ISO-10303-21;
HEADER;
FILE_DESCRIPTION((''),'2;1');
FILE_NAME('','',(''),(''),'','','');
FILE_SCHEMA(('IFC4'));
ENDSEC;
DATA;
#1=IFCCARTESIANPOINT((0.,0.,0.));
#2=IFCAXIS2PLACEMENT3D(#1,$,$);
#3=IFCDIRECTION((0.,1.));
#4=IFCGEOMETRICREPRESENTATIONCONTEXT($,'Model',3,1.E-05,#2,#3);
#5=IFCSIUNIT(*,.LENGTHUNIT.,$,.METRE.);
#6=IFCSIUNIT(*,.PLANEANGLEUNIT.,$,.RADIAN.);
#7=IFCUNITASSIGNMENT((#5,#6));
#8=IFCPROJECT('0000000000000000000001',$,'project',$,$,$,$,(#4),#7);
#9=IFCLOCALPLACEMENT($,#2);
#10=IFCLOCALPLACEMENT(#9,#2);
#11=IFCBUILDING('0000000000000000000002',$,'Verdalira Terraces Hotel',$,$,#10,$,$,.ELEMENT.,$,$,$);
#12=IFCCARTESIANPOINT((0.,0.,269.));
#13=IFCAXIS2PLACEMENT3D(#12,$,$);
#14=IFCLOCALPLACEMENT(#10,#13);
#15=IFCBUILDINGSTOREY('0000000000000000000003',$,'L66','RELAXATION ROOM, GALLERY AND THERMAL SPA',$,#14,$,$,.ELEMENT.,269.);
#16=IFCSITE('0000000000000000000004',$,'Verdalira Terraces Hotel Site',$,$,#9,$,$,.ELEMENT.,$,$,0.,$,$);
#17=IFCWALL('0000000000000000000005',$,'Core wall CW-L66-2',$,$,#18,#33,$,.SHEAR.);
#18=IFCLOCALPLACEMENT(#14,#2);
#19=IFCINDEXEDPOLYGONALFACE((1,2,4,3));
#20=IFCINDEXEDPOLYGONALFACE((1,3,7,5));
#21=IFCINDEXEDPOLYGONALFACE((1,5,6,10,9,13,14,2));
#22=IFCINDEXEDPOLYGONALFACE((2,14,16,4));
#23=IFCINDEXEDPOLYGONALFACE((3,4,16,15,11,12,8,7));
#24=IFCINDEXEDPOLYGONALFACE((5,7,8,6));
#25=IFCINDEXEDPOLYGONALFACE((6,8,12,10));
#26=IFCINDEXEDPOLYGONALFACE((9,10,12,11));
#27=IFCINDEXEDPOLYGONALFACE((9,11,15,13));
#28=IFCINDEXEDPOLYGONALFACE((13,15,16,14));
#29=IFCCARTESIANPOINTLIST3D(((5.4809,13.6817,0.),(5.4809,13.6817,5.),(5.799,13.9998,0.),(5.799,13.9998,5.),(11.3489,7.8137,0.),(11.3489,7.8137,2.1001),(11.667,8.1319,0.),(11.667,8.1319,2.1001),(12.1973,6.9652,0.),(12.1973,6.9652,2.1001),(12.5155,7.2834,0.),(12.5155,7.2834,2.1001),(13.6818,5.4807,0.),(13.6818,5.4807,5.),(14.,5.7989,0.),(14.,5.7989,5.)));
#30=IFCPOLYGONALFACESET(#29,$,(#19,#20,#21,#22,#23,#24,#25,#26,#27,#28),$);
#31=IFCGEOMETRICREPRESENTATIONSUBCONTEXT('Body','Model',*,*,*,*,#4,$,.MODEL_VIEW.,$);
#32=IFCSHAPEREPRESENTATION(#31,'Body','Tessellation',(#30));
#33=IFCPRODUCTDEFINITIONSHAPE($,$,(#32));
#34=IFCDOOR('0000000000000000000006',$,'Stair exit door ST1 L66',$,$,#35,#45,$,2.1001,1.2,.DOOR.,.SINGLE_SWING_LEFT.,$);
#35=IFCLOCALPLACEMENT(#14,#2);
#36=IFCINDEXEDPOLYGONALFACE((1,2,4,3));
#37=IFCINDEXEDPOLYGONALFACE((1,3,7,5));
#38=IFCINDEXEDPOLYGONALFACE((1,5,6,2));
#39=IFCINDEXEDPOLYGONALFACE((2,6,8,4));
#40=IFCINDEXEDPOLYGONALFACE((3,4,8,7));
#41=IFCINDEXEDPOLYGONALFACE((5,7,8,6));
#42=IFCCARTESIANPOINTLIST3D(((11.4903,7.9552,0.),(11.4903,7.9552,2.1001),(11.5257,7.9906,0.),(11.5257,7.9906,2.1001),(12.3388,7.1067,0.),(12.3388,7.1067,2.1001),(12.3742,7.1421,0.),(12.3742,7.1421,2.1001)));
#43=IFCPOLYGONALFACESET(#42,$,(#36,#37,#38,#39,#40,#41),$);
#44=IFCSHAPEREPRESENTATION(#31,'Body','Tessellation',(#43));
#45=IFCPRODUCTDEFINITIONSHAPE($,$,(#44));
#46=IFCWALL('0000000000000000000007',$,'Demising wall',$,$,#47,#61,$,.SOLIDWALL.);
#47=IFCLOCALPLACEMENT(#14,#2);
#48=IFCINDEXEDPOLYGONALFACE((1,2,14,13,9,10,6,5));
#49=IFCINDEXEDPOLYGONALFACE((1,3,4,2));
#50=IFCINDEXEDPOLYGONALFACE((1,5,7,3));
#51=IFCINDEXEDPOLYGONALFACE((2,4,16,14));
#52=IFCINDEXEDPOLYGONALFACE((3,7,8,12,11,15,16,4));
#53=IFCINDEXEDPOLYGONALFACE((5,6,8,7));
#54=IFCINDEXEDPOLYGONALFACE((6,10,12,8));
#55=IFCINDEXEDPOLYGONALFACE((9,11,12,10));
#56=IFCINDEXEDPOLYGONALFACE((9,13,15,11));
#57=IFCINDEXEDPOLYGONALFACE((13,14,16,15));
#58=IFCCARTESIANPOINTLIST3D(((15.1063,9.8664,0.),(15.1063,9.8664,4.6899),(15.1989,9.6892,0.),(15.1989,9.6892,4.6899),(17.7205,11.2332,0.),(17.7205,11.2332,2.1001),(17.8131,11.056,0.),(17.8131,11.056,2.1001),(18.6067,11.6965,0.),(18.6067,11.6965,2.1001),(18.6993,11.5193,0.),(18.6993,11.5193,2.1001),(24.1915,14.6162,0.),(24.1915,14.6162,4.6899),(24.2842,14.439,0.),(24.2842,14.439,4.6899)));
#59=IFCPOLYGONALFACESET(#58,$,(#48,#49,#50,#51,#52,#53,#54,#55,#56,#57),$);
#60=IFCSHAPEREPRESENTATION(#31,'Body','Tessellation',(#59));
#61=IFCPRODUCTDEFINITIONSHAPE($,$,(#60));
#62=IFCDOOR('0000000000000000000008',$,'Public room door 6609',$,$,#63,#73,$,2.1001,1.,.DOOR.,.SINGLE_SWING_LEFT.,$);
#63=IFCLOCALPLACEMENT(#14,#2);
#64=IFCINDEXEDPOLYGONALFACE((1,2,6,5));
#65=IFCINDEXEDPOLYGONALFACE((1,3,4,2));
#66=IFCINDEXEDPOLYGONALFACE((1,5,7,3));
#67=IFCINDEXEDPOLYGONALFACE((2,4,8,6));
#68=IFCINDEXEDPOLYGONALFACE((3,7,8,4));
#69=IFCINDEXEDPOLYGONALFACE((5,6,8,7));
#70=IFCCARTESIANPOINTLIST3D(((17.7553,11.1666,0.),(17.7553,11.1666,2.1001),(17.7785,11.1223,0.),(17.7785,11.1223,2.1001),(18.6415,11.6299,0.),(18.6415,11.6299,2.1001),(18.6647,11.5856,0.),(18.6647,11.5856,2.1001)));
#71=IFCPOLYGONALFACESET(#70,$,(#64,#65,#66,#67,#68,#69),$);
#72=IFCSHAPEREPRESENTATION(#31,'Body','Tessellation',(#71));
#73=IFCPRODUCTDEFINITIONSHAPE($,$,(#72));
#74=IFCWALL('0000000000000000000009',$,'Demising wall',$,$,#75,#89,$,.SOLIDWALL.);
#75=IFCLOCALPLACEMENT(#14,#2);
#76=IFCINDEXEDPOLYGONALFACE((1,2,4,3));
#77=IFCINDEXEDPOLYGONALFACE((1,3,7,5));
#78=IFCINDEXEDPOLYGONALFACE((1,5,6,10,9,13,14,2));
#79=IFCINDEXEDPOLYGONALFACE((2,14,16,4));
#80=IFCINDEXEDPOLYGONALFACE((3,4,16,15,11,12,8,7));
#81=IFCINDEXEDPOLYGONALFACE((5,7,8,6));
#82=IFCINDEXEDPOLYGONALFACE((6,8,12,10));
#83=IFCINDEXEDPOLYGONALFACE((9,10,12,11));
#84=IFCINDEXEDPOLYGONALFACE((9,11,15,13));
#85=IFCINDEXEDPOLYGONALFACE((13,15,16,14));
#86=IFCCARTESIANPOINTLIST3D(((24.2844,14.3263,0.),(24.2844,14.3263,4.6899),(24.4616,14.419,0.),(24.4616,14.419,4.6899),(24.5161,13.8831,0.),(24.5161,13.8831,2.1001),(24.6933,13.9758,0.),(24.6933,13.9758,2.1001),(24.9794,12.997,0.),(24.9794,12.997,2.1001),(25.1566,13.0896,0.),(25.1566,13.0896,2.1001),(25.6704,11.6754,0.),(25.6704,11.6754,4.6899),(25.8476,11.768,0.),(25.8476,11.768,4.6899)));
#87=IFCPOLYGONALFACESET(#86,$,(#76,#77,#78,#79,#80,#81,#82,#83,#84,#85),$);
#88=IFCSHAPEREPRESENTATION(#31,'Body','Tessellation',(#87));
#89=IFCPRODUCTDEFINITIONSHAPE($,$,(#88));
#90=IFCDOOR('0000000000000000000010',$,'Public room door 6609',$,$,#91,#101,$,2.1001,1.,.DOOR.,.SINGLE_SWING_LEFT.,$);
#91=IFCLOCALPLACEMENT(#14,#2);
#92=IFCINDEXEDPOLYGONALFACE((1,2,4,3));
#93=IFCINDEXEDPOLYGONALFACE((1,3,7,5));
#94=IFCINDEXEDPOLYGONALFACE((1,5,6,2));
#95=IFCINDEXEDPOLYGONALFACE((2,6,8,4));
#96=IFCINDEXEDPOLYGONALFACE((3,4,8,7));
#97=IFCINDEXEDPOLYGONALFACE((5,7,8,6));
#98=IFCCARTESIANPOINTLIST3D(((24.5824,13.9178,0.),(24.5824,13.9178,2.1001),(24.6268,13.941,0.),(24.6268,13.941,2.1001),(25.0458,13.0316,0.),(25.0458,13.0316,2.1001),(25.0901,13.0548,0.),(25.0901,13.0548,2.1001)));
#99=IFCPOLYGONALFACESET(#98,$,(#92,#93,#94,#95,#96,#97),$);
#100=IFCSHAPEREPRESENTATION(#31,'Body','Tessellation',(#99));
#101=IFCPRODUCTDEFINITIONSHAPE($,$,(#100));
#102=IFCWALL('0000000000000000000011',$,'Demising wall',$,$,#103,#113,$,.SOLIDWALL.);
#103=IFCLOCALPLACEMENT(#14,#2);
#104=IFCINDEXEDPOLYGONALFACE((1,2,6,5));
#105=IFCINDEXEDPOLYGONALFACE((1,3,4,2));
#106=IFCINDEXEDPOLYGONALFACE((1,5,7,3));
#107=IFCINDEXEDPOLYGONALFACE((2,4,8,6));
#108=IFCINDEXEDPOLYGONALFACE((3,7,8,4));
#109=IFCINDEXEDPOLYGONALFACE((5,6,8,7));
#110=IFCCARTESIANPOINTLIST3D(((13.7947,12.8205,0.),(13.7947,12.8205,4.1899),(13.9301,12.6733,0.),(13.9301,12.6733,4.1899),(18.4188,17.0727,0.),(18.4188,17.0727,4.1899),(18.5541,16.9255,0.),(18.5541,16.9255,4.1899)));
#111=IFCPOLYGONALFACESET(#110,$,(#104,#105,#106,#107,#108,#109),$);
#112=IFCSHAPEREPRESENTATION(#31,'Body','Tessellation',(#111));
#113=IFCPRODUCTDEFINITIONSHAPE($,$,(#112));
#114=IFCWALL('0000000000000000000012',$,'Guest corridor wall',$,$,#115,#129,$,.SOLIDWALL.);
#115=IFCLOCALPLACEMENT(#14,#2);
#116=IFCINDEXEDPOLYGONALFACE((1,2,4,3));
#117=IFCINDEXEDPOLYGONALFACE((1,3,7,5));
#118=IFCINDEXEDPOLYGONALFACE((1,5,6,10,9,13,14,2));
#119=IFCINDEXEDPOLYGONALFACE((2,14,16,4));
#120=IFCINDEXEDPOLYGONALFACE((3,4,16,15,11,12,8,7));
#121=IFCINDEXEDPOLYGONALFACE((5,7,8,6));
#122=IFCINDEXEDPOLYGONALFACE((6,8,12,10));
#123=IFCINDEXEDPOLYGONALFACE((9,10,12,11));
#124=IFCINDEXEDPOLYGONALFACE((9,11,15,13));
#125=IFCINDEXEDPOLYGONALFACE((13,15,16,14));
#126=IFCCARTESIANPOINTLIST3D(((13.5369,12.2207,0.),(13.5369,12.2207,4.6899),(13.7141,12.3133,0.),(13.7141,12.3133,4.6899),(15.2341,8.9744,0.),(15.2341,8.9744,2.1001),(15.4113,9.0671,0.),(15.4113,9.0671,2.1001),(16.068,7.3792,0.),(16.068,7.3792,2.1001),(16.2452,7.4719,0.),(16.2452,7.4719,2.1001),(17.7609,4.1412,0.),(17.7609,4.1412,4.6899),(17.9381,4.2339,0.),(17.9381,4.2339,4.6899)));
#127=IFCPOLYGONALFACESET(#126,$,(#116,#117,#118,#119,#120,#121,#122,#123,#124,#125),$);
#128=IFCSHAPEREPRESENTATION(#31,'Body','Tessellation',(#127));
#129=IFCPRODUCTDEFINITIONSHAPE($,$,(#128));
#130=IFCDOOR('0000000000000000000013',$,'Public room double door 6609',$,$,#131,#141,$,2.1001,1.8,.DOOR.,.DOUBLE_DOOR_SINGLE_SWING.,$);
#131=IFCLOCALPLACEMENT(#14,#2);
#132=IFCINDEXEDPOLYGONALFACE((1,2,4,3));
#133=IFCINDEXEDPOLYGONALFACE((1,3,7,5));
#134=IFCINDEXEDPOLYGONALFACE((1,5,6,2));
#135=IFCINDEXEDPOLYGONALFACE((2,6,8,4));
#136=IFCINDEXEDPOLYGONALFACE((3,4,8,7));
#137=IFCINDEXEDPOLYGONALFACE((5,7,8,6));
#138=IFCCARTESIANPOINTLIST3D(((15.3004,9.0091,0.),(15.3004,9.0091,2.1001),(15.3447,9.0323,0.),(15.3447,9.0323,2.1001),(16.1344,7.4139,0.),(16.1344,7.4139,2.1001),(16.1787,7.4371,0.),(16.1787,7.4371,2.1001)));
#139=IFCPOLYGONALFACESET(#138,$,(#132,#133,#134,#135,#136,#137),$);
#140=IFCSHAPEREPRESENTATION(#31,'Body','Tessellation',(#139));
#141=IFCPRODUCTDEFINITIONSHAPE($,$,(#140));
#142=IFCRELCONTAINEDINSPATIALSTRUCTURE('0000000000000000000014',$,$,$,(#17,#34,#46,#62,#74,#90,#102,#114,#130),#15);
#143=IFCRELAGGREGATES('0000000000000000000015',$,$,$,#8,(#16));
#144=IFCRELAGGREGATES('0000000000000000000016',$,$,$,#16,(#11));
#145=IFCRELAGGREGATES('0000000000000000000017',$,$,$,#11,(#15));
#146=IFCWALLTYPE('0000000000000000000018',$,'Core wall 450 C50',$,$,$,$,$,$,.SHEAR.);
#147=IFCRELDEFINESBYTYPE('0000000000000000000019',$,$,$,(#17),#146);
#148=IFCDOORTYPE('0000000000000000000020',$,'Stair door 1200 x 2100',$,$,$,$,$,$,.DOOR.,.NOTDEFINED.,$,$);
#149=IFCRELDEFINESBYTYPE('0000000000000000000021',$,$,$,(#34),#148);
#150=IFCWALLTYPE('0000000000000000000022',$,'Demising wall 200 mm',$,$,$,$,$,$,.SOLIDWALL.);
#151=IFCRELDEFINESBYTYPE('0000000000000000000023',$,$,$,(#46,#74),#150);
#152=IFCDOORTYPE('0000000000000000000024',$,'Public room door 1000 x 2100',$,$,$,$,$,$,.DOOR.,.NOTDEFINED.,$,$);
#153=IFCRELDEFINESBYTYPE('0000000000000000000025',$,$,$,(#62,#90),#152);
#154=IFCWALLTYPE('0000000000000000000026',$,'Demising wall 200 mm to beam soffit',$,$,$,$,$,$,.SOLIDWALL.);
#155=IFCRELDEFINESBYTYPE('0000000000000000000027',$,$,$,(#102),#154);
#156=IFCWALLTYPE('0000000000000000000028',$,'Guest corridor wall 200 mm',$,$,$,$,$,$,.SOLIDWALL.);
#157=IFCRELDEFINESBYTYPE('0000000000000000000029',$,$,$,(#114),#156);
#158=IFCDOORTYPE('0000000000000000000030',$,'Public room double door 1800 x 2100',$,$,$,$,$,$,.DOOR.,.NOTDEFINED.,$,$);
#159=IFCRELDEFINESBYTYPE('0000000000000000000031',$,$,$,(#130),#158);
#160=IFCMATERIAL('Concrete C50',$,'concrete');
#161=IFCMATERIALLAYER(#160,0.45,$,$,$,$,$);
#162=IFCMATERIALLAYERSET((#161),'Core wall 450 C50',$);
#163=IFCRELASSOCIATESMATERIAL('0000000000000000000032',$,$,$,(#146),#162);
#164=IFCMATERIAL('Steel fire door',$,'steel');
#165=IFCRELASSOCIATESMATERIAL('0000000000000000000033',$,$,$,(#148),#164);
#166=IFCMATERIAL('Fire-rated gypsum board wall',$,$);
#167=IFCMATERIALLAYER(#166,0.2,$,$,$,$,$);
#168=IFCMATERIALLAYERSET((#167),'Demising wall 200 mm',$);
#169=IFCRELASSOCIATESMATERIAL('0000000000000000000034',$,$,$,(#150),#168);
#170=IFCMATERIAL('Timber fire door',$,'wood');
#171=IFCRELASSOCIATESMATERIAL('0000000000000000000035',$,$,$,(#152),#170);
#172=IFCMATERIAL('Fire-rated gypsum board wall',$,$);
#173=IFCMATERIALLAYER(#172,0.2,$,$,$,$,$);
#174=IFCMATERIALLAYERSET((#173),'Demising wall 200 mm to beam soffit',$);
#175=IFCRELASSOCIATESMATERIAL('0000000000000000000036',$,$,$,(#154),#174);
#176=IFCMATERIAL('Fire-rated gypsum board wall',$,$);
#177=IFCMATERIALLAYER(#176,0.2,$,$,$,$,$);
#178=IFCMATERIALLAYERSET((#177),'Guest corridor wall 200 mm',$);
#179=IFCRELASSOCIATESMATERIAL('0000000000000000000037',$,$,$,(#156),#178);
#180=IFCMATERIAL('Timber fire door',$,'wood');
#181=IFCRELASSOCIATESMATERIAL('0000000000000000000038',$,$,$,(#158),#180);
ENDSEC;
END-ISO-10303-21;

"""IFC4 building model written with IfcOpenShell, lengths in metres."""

from ifc_helpers import new_model, si_unit, direction, frame, frame_2d, origin, place, context, subcontext, project, spatial, rectangle, extrude, material, layer, layer_set, type_object, element, fill, save


model = new_model("IFC4")

# Units and contexts
model_context = context("Model", 3, precision=1e-05, world=origin(), true_north=direction((0.0, 1.0)))
body_context = subcontext(model_context, "Body", "Model", "MODEL_VIEW")
ifc_project = project(units=[si_unit("LENGTHUNIT", "METRE"), si_unit("PLANEANGLEUNIT", "RADIAN")], contexts=[model_context])

# Site, building, storey
site_placement = place(None, origin())
site = spatial("IfcSite", under=ifc_project, at=site_placement, Name="Verdalira Terraces Hotel Site", CompositionType="ELEMENT", RefElevation=0.0)
building_placement = place(site_placement, origin())
building = spatial("IfcBuilding", under=site, at=building_placement, Name="Verdalira Terraces Hotel", CompositionType="ELEMENT")
storey_placement = place(building_placement, frame((0.0, 0.0, 269.0)))
storey = spatial("IfcBuildingStorey", under=building, at=storey_placement, Name="L66", Description="RELAXATION ROOM, GALLERY AND THERMAL SPA", CompositionType="ELEMENT", Elevation=269.0)

# Walls, openings, doors
ifc_material_1 = material(Name="Concrete C50", Category="concrete")
ifc_layer_1 = layer(ifc_material_1, 0.45)
ifc_layer_set_1 = layer_set([ifc_layer_1], Name="Core wall 450 C50")
wall_type_1 = type_object("IfcWallType", Name="Core wall 450 C50", PredefinedType="SHEAR", material=ifc_layer_set_1)
wall_1_placement = place(storey_placement, frame((13.8408, 5.6399, 0.0), z_axis=(0.0, 0.0, 1.0), x_axis=(-0.707107, 0.707107, 0.0)))
wall_1 = element("IfcWall", 1, at=wall_1_placement, inside=storey, type_object=wall_type_1, Name="Core wall CW-L66-2", PredefinedType="SHEAR", context=body_context, shape_type="SweptSolid", body=[
    extrude(rectangle(XDim=11.5979, YDim=0.45, at=frame_2d((5.7988, 0.0))), origin(), (0.0, 0.0, 1.0), 5.0),
])
opening_1_placement = place(wall_1_placement, frame((2.0991, 0.0, 0.0)))
opening_1 = element("IfcOpeningElement", 2, at=opening_1_placement, cuts=wall_1, PredefinedType="OPENING", context=body_context, shape_type="SweptSolid", body=[
    extrude(rectangle(XDim=1.2, YDim=2.1001, at=frame_2d((0.6001, 1.05))), frame((0.0, 0.2349, 0.0), z_axis=(0.0, -1.0, 0.0), x_axis=(1.0, 0.0, 0.0)), (0.0, 0.0, 1.0), 0.47),
])
ifc_material_2 = material(Name="Steel fire door", Category="steel")
door_type_1 = type_object("IfcDoorType", Name="Stair door 1200 x 2100", OperationType="NOTDEFINED", PredefinedType="DOOR", material=ifc_material_2)
door_1_placement = place(opening_1_placement, origin())
door_1 = element("IfcDoor", 3, at=door_1_placement, inside=storey, type_object=door_type_1, Name="Stair exit door ST1 L66", OperationType="SINGLE_SWING_LEFT", OverallHeight=2.1001, OverallWidth=1.2, PredefinedType="DOOR", context=body_context, shape_type="SweptSolid", body=[
    extrude(rectangle(XDim=1.2, YDim=2.1001, at=frame_2d((0.6001, 1.05))), frame((0.0, 0.0249, 0.0), z_axis=(0.0, -1.0, 0.0), x_axis=(1.0, 0.0, 0.0)), (0.0, 0.0, 1.0), 0.05),
])
fill(opening_1, door_1)
ifc_material_3 = material(Name="Fire-rated gypsum board wall")
ifc_layer_2 = layer(ifc_material_3, 0.2)
ifc_layer_set_2 = layer_set([ifc_layer_2], Name="Demising wall 200 mm")
wall_type_2 = type_object("IfcWallType", Name="Demising wall 200 mm", PredefinedType="SOLIDWALL", material=ifc_layer_set_2)
wall_2_placement = place(storey_placement, frame((15.1526, 9.7778, 0.0), z_axis=(0.0, 0.0, 1.0), x_axis=(0.886199, 0.463306, 0.0)))
wall_2 = element("IfcWall", 4, at=wall_2_placement, inside=storey, type_object=wall_type_2, Name="Demising wall", PredefinedType="SOLIDWALL", context=body_context, shape_type="SweptSolid", body=[
    extrude(rectangle(XDim=10.252, YDim=0.2, at=frame_2d((5.126, 0.0))), origin(), (0.0, 0.0, 1.0), 4.6899),
])
opening_2_placement = place(wall_2_placement, frame((2.95, 0.0, 0.0)))
opening_2 = element("IfcOpeningElement", 5, at=opening_2_placement, cuts=wall_2, PredefinedType="OPENING", context=body_context, shape_type="SweptSolid", body=[
    extrude(rectangle(XDim=1.0, YDim=2.1001, at=frame_2d((0.5, 1.05))), frame((0.0, 0.1099, 0.0), z_axis=(0.0, -1.0, 0.0), x_axis=(1.0, 0.0, 0.0)), (0.0, 0.0, 1.0), 0.22),
])
ifc_material_4 = material(Name="Timber fire door", Category="wood")
door_type_2 = type_object("IfcDoorType", Name="Public room door 1000 x 2100", OperationType="NOTDEFINED", PredefinedType="DOOR", material=ifc_material_4)
door_2_placement = place(opening_2_placement, origin())
door_2 = element("IfcDoor", 6, at=door_2_placement, inside=storey, type_object=door_type_2, Name="Public room door 6609", OperationType="SINGLE_SWING_LEFT", OverallHeight=2.1001, OverallWidth=1.0, PredefinedType="DOOR", context=body_context, shape_type="SweptSolid", body=[
    extrude(rectangle(XDim=1.0, YDim=2.1001, at=frame_2d((0.5, 1.05))), frame((0.0, 0.0249, 0.0), z_axis=(0.0, -1.0, 0.0), x_axis=(1.0, 0.0, 0.0)), (0.0, 0.0, 1.0), 0.05),
])
fill(opening_2, door_2)
wall_3_placement = place(storey_placement, frame((24.373, 14.3726, 0.0), z_axis=(0.0, 0.0, 1.0), x_axis=(0.463333, -0.886184, 0.0)))
wall_3 = element("IfcWall", 7, at=wall_3_placement, inside=storey, type_object=wall_type_2, Name="Demising wall", PredefinedType="SOLIDWALL", context=body_context, shape_type="SweptSolid", body=[
    extrude(rectangle(XDim=2.9915, YDim=0.2, at=frame_2d((1.4956, 0.0))), origin(), (0.0, 0.0, 1.0), 4.6899),
])
opening_3_placement = place(wall_3_placement, frame((0.5, 0.0, 0.0)))
opening_3 = element("IfcOpeningElement", 8, at=opening_3_placement, cuts=wall_3, PredefinedType="OPENING", context=body_context, shape_type="SweptSolid", body=[
    extrude(rectangle(XDim=1.0, YDim=2.1001, at=frame_2d((0.5, 1.05))), frame((0.0, 0.1099, 0.0), z_axis=(0.0, -1.0, 0.0), x_axis=(1.0, 0.0, 0.0)), (0.0, 0.0, 1.0), 0.22),
])
door_3_placement = place(opening_3_placement, origin())
door_3 = element("IfcDoor", 9, at=door_3_placement, inside=storey, type_object=door_type_2, Name="Public room door 6609", OperationType="SINGLE_SWING_LEFT", OverallHeight=2.1001, OverallWidth=1.0, PredefinedType="DOOR", context=body_context, shape_type="SweptSolid", body=[
    extrude(rectangle(XDim=1.0, YDim=2.1001, at=frame_2d((0.5, 1.05))), frame((0.0, 0.0249, 0.0), z_axis=(0.0, -1.0, 0.0), x_axis=(1.0, 0.0, 0.0)), (0.0, 0.0, 1.0), 0.05),
])
fill(opening_3, door_3)

# Wall
ifc_material_5 = material(Name="Fire-rated gypsum board wall")
ifc_layer_3 = layer(ifc_material_5, 0.2)
ifc_layer_set_3 = layer_set([ifc_layer_3], Name="Demising wall 200 mm to beam soffit")
wall_type_3 = type_object("IfcWallType", Name="Demising wall 200 mm to beam soffit", PredefinedType="SOLIDWALL", material=ifc_layer_set_3)
wall_4_placement = place(storey_placement, frame((13.8623, 12.7468, 0.0), z_axis=(0.0, 0.0, 1.0), x_axis=(0.736082, 0.676892, 0.0)))
element("IfcWall", 10, at=wall_4_placement, inside=storey, type_object=wall_type_3, Name="Demising wall", PredefinedType="SOLIDWALL", context=body_context, shape_type="SweptSolid", body=[
    extrude(rectangle(XDim=6.282, YDim=0.2, at=frame_2d((3.1411, 0.0))), origin(), (0.0, 0.0, 1.0), 4.1899),
])

# Wall, opening, door
ifc_material_6 = material(Name="Fire-rated gypsum board wall")
ifc_layer_4 = layer(ifc_material_6, 0.2)
ifc_layer_set_4 = layer_set([ifc_layer_4], Name="Guest corridor wall 200 mm")
wall_type_4 = type_object("IfcWallType", Name="Guest corridor wall 200 mm", PredefinedType="SOLIDWALL", material=ifc_layer_set_4)
wall_5_placement = place(storey_placement, frame((13.6255, 12.2671, 0.0), z_axis=(0.0, 0.0, 1.0), x_axis=(0.463304, -0.886199, 0.0)))
wall_5 = element("IfcWall", 11, at=wall_5_placement, inside=storey, type_object=wall_type_4, Name="Guest corridor wall", PredefinedType="SOLIDWALL", context=body_context, shape_type="SweptSolid", body=[
    extrude(rectangle(XDim=9.1169, YDim=0.2, at=frame_2d((4.5586, 0.0))), origin(), (0.0, 0.0, 1.0), 4.6899),
])
opening_4_placement = place(wall_5_placement, frame((3.6633, 0.0, 0.0)))
opening_4 = element("IfcOpeningElement", 12, at=opening_4_placement, cuts=wall_5, PredefinedType="OPENING", context=body_context, shape_type="SweptSolid", body=[
    extrude(rectangle(XDim=1.8, YDim=2.1001, at=frame_2d((0.8999, 1.05))), frame((0.0, 0.1099, 0.0), z_axis=(0.0, -1.0, 0.0), x_axis=(1.0, 0.0, 0.0)), (0.0, 0.0, 1.0), 0.22),
])
ifc_material_7 = material(Name="Timber fire door", Category="wood")
door_type_3 = type_object("IfcDoorType", Name="Public room double door 1800 x 2100", OperationType="NOTDEFINED", PredefinedType="DOOR", material=ifc_material_7)
door_4_placement = place(opening_4_placement, origin())
door_4 = element("IfcDoor", 13, at=door_4_placement, inside=storey, type_object=door_type_3, Name="Public room double door 6609", OperationType="DOUBLE_DOOR_SINGLE_SWING", OverallHeight=2.1001, OverallWidth=1.8, PredefinedType="DOOR", context=body_context, shape_type="SweptSolid", body=[
    extrude(rectangle(XDim=1.8, YDim=2.1001, at=frame_2d((0.8999, 1.05))), frame((0.0, 0.0249, 0.0), z_axis=(0.0, -1.0, 0.0), x_axis=(1.0, 0.0, 0.0)), (0.0, 0.0, 1.0), 0.05),
])
fill(opening_4, door_4)

save(model, "model.ifc")
